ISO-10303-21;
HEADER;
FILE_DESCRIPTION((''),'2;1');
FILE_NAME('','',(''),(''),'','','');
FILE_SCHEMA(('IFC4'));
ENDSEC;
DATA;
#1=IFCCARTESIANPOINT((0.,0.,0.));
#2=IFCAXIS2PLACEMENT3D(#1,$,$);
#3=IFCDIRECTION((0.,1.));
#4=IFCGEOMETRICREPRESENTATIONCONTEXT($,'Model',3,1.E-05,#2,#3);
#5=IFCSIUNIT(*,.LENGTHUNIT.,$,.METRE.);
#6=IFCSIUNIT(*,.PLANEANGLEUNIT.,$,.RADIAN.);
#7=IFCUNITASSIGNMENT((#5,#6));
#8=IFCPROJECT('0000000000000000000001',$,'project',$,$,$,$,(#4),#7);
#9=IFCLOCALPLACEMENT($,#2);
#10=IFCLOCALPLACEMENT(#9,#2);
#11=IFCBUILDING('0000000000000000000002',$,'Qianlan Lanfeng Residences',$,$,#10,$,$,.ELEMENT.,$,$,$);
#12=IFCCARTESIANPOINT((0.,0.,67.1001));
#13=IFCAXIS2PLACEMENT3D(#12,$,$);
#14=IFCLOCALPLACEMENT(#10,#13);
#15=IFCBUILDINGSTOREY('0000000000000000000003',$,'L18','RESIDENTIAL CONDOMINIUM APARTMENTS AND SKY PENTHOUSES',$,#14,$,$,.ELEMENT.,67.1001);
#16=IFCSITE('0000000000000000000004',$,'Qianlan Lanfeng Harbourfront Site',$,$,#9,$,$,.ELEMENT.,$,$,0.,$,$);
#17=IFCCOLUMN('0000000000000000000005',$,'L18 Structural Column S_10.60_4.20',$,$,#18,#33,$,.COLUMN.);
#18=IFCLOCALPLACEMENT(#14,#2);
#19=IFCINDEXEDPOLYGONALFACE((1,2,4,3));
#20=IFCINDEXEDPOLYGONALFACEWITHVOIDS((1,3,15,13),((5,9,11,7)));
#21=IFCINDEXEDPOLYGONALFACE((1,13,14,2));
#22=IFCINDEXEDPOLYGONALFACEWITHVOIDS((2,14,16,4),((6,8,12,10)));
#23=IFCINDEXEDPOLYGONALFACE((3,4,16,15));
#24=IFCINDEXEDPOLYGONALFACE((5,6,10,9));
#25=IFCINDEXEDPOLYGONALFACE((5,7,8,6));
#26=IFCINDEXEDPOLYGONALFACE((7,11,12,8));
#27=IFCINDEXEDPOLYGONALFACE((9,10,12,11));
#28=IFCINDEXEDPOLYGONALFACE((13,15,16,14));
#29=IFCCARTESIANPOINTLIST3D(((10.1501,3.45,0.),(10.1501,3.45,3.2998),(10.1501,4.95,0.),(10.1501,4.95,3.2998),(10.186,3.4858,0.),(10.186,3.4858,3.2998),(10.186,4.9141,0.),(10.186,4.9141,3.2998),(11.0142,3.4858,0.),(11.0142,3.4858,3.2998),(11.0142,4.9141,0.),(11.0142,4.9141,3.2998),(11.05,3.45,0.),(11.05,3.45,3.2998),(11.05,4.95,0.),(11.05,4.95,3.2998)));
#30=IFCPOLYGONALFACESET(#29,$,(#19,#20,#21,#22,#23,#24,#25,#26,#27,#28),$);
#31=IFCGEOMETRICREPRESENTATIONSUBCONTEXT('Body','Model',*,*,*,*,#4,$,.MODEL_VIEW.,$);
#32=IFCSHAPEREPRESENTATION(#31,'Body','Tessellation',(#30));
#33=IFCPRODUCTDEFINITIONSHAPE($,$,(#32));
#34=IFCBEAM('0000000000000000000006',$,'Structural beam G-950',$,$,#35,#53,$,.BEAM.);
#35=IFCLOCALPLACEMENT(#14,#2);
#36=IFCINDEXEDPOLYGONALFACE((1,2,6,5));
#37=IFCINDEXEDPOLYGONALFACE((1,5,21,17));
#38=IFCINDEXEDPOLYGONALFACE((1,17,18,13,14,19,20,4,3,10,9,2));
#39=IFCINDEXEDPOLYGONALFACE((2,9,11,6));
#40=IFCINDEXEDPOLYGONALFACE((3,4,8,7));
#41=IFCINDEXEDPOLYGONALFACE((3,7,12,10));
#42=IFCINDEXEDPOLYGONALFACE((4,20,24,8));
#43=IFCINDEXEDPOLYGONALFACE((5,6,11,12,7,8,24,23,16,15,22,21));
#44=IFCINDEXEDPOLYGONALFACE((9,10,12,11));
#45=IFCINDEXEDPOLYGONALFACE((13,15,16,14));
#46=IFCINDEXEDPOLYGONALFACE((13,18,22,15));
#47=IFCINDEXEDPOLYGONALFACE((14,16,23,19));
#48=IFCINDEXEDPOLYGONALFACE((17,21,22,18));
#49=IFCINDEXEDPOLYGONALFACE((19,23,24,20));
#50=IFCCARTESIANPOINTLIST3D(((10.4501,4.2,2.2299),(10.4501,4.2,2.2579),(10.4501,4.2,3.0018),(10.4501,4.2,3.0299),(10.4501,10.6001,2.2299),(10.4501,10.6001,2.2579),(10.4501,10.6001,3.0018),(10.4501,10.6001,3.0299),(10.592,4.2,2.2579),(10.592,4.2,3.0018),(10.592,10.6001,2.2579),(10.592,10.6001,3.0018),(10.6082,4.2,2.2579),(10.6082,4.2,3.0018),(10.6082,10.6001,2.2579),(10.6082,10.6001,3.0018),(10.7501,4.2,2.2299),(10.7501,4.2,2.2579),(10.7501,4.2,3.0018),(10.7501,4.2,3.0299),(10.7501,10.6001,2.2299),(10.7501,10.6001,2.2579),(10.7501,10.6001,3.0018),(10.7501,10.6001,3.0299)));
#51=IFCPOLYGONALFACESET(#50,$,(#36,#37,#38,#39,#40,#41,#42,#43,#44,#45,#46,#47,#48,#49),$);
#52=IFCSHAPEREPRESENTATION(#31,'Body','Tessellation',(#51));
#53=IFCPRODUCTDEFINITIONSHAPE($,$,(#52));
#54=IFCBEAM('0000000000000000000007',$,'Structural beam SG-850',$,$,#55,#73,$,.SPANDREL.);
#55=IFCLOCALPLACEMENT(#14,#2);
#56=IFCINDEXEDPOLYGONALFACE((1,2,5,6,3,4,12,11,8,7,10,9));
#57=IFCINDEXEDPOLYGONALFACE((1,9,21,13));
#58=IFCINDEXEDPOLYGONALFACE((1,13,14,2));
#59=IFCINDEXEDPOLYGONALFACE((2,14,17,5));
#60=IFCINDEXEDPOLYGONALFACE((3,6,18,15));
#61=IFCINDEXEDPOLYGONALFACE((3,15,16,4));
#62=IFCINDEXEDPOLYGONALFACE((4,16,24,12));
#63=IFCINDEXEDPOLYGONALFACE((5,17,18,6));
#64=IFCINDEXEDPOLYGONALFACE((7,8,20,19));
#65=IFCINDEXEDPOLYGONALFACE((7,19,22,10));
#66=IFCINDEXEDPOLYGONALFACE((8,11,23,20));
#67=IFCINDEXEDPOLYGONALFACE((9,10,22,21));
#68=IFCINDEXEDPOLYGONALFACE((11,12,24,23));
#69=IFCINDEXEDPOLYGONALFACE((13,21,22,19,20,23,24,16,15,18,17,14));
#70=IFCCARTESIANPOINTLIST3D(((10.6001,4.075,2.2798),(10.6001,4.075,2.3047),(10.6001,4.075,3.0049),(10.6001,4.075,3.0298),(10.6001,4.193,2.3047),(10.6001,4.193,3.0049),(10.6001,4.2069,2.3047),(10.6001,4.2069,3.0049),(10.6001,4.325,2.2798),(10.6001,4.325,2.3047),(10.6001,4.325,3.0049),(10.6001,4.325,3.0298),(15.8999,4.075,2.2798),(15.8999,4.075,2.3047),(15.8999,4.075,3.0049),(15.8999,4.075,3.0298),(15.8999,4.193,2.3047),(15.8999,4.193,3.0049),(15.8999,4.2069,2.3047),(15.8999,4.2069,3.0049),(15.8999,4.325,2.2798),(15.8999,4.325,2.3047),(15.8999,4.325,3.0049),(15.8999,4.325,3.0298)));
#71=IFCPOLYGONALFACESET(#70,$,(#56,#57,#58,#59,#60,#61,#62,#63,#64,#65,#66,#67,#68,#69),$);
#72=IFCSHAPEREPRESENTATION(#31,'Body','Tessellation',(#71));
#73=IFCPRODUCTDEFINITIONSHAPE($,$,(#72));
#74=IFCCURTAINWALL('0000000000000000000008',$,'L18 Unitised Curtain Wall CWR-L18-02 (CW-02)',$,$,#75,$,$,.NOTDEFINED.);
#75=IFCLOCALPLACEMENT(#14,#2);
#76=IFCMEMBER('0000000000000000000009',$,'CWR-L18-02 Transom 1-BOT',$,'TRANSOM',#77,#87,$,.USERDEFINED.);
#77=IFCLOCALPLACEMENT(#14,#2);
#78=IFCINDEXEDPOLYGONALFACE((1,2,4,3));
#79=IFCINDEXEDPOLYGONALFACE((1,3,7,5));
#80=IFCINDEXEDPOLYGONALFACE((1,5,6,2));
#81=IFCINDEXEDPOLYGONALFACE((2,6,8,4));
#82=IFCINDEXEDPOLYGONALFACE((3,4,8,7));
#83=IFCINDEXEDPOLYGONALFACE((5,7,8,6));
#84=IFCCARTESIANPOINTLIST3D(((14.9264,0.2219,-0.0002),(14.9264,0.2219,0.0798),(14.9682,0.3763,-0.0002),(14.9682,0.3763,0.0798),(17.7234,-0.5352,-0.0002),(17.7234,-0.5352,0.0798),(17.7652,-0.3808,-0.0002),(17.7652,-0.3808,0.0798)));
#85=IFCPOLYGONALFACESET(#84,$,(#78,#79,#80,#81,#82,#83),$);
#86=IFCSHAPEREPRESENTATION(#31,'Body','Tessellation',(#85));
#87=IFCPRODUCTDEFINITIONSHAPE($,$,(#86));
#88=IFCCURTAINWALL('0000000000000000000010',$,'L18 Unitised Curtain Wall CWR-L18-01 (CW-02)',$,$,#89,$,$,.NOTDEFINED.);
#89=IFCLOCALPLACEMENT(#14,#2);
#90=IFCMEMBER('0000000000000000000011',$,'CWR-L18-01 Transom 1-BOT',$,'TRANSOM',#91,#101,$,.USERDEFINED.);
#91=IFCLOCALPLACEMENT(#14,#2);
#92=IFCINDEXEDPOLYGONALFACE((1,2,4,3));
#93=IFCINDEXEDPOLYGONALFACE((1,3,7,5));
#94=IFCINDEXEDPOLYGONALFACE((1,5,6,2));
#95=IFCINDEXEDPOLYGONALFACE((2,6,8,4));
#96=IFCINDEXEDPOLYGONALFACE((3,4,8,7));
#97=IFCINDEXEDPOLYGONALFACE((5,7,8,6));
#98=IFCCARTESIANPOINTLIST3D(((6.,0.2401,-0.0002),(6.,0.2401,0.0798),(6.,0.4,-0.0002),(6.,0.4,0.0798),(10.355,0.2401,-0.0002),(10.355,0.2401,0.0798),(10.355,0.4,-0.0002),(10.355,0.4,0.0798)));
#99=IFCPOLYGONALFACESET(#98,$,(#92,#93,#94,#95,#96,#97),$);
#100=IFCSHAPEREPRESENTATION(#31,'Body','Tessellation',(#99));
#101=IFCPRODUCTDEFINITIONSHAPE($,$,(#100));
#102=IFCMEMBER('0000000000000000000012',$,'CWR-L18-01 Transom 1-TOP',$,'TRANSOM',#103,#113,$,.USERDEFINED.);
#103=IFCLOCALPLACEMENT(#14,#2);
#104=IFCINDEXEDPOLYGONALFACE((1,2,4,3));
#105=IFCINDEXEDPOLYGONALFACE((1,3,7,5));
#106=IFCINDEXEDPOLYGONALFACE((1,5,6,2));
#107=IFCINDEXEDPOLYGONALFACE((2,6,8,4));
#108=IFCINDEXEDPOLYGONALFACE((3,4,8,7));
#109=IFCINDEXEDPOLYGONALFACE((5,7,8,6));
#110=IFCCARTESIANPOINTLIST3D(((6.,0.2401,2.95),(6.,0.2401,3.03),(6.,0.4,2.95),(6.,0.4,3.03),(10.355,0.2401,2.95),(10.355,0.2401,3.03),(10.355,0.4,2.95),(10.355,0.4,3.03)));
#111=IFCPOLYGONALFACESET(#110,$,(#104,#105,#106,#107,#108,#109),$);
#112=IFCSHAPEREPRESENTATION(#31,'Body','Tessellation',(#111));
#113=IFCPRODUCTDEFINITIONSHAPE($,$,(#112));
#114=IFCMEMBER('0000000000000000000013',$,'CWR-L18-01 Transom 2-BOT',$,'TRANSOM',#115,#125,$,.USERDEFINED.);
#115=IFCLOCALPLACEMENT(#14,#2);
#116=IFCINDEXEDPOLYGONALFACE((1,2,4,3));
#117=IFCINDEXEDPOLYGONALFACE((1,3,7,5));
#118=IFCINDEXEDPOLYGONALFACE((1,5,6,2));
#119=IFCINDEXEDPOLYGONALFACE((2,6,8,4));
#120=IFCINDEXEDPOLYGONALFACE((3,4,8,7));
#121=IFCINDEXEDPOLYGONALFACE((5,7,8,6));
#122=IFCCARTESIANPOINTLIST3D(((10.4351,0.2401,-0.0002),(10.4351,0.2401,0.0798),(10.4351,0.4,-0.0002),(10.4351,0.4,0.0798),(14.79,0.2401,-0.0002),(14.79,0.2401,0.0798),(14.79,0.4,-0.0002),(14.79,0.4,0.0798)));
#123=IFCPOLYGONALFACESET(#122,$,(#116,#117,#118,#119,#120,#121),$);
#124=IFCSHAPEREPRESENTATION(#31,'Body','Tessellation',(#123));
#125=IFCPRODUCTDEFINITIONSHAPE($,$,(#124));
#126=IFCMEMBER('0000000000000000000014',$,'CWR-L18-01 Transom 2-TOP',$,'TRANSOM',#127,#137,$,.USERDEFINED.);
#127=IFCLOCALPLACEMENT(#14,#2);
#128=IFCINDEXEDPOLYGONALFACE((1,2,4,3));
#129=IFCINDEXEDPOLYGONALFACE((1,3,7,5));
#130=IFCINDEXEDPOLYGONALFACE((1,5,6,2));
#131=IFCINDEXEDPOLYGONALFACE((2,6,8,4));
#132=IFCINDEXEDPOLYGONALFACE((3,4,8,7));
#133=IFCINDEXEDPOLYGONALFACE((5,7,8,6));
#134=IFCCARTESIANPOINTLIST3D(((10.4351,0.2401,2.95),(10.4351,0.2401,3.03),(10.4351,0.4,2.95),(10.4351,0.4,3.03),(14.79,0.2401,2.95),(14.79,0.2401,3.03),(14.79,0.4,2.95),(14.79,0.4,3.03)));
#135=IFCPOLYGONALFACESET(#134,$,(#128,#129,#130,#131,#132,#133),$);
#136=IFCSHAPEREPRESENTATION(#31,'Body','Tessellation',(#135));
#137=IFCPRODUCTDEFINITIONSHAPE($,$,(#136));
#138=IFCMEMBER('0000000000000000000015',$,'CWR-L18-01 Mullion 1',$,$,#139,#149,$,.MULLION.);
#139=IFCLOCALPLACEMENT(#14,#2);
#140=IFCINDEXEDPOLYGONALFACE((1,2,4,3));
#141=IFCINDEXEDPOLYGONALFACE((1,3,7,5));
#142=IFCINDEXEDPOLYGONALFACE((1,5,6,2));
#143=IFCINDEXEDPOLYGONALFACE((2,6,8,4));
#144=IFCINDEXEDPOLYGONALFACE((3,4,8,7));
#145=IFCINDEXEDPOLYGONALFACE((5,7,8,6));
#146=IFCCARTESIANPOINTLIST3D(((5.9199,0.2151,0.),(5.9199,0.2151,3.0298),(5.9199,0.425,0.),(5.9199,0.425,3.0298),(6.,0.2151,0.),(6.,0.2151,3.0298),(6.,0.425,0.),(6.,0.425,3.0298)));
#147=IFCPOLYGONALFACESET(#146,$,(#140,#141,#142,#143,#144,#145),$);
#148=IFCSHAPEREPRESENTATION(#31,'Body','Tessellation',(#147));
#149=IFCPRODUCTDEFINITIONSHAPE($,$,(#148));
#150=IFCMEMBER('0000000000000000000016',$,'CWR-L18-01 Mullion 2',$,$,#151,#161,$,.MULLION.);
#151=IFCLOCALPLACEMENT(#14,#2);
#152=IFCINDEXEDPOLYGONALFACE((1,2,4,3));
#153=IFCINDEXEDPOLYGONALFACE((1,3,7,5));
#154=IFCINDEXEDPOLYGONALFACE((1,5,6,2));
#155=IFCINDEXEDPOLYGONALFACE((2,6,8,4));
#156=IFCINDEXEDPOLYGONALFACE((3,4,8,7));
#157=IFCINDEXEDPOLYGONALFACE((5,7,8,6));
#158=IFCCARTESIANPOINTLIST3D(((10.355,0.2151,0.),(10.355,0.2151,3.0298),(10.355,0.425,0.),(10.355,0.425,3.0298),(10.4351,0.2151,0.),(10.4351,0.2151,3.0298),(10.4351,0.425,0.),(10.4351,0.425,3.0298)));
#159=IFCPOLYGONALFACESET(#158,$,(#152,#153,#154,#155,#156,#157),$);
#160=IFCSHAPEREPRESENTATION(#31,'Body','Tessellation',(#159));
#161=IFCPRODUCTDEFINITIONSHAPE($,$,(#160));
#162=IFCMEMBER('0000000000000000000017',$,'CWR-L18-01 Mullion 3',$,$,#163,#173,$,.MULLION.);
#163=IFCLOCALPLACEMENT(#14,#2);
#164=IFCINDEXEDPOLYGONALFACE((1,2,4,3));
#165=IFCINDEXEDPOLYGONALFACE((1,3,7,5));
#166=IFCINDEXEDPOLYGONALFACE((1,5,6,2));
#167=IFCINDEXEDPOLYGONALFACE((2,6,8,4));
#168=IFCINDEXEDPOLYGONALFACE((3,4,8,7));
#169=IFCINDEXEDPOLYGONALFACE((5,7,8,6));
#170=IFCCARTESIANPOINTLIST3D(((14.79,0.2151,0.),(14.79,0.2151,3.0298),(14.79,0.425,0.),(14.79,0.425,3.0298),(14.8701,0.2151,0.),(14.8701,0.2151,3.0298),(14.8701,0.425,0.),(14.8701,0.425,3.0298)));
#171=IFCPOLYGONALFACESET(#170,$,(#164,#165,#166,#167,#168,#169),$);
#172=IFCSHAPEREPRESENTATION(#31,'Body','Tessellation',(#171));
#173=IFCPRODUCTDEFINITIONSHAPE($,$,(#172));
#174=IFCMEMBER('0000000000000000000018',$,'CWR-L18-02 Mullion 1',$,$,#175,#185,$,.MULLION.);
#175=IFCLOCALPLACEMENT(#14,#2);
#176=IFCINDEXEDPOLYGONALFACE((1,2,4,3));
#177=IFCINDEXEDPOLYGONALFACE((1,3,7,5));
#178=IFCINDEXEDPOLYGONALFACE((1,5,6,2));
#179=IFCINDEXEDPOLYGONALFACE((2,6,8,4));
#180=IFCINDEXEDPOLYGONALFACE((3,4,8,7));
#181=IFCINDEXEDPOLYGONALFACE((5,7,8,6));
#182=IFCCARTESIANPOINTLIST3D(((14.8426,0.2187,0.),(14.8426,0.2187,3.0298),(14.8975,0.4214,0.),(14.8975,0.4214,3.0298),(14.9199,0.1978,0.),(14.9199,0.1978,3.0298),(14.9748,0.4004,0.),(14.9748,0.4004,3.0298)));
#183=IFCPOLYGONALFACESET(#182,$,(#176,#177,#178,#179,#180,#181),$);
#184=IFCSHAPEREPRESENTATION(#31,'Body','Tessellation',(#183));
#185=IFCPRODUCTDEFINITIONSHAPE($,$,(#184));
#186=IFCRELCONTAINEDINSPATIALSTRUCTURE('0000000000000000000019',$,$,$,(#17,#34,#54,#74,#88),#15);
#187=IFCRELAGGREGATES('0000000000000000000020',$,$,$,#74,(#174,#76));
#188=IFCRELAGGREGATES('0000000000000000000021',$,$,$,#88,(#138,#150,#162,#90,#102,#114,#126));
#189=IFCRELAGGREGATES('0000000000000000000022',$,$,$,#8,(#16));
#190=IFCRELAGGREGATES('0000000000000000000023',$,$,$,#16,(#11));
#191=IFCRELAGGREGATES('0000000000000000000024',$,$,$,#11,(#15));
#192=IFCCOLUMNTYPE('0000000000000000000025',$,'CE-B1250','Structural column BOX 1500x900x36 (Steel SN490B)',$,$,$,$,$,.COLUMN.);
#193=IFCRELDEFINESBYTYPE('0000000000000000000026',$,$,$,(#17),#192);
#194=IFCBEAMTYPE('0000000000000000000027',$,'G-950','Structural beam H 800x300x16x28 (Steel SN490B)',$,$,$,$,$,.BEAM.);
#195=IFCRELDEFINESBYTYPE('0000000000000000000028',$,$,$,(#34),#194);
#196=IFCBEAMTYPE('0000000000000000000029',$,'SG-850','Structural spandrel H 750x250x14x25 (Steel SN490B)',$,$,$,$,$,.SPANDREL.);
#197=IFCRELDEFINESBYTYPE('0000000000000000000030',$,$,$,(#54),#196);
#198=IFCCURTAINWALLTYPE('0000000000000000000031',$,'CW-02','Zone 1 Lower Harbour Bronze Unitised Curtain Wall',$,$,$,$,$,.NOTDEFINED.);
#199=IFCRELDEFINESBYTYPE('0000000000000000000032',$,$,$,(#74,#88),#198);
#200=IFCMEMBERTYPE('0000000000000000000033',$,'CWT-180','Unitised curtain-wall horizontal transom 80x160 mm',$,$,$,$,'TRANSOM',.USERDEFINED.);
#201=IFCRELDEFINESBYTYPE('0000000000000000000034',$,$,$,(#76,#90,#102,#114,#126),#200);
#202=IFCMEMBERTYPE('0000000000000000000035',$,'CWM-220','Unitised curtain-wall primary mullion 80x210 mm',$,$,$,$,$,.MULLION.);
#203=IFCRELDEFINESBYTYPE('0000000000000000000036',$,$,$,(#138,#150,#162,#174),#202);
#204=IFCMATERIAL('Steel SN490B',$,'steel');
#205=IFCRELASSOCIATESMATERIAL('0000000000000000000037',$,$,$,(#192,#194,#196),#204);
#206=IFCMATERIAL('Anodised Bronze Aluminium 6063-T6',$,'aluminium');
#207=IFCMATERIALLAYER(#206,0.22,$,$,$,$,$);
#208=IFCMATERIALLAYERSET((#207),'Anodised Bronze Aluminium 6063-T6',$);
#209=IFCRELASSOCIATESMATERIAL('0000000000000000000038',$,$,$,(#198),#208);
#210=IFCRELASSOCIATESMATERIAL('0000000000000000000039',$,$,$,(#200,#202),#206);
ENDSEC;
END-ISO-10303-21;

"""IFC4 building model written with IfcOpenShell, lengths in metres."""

from ifc_helpers import new_model, si_unit, direction, frame, origin, origin_2d, place, context, subcontext, project, spatial, rectangle, hollow_rectangle, i_section, extrude, source, transform, mapped, material, layer, layer_set, material_profile, profile_set, type_object, element, aggregate, save


model = new_model("IFC4")

# Units and contexts
model_context = context("Model", 3, precision=1e-05, world=origin(), true_north=direction((0.0, 1.0)))
body_context = subcontext(model_context, "Body", "Model", "MODEL_VIEW")
ifc_project = project(units=[si_unit("LENGTHUNIT", "METRE"), si_unit("PLANEANGLEUNIT", "RADIAN")], contexts=[model_context])

# Site, building, storey
site_placement = place(None, origin())
site = spatial("IfcSite", under=ifc_project, at=site_placement, Name="Qianlan Lanfeng Harbourfront Site", CompositionType="ELEMENT", RefElevation=0.0)
building_placement = place(site_placement, origin())
building = spatial("IfcBuilding", under=site, at=building_placement, Name="Qianlan Lanfeng Residences", CompositionType="ELEMENT")
storey_placement = place(building_placement, frame((0.0, 0.0, 67.1001)))
storey = spatial("IfcBuildingStorey", under=building, at=storey_placement, Name="L18", Description="RESIDENTIAL CONDOMINIUM APARTMENTS AND SKY PENTHOUSES", CompositionType="ELEMENT", Elevation=67.1001)

# Column
ifc_material_1 = material(Name="Steel SN490B", Category="steel")
ifc_material_profile_1 = material_profile(ifc_material_1, hollow_rectangle(XDim=0.8999, YDim=1.5, WallThickness=0.0359, at=origin_2d()), Name="BOX 1500x900x36")
ifc_profile_set_1 = profile_set([ifc_material_profile_1], Name="Steel SN490B")
column_type = type_object("IfcColumnType", Name="CE-B1250", Description="Structural column BOX 1500x900x36 (Steel SN490B)", PredefinedType="COLUMN", material=ifc_profile_set_1)
column_placement = place(storey_placement, frame((10.6001, 4.2, 0.0), z_axis=(0.0, 0.0, 1.0), x_axis=(1.0, 0.0, 0.0)))
element("IfcColumn", 1, at=column_placement, inside=storey, type_object=column_type, Name="L18 Structural Column S_10.60_4.20", PredefinedType="COLUMN", context=body_context, shape_type="SweptSolid", body=[
    extrude(hollow_rectangle(XDim=0.8999, YDim=1.5, WallThickness=0.0359, at=origin_2d()), origin(), (0.0, 0.0, 1.0), 3.2998),
])

# Beams
ifc_material_profile_2 = material_profile(ifc_material_1, i_section(OverallWidth=0.3, OverallDepth=0.8, WebThickness=0.0161, FlangeThickness=0.0281, at=origin_2d()), Name="H 800x300x16x28")
ifc_profile_set_2 = profile_set([ifc_material_profile_2], Name="Steel SN490B")
beam_type_1 = type_object("IfcBeamType", Name="G-950", Description="Structural beam H 800x300x16x28 (Steel SN490B)", PredefinedType="BEAM", material=ifc_profile_set_2)
beam_1_placement = place(storey_placement, frame((10.6001, 4.2, 2.6299), z_axis=(0.0, 1.0, 0.0), x_axis=(-1.0, 0.0, 0.0)))
element("IfcBeam", 2, at=beam_1_placement, inside=storey, type_object=beam_type_1, Name="Structural beam G-950", PredefinedType="BEAM", context=body_context, shape_type="SweptSolid", body=[
    extrude(i_section(OverallWidth=0.3, OverallDepth=0.8, WebThickness=0.0161, FlangeThickness=0.0281, at=origin_2d()), origin(), (0.0, 0.0, 1.0), 6.4001),
])
ifc_material_profile_3 = material_profile(ifc_material_1, i_section(OverallWidth=0.25, OverallDepth=0.75, WebThickness=0.0139, FlangeThickness=0.0249, at=origin_2d()), Name="H 750x250x14x25")
ifc_profile_set_3 = profile_set([ifc_material_profile_3], Name="Steel SN490B")
beam_type_2 = type_object("IfcBeamType", Name="SG-850", Description="Structural spandrel H 750x250x14x25 (Steel SN490B)", PredefinedType="SPANDREL", material=ifc_profile_set_3)
beam_2_placement = place(storey_placement, frame((10.6001, 4.2, 2.6548), z_axis=(1.0, 0.0, 0.0), x_axis=(0.0, 1.0, 0.0)))
element("IfcBeam", 3, at=beam_2_placement, inside=storey, type_object=beam_type_2, Name="Structural beam SG-850", PredefinedType="SPANDREL", context=body_context, shape_type="SweptSolid", body=[
    extrude(i_section(OverallWidth=0.25, OverallDepth=0.75, WebThickness=0.0139, FlangeThickness=0.0249, at=origin_2d()), origin(), (0.0, 0.0, 1.0), 5.2998),
])

# Curtain wall, member
ifc_material_2 = material(Name="Anodised Bronze Aluminium 6063-T6", Category="aluminium")
ifc_layer_1 = layer(ifc_material_2, 0.22)
ifc_layer_set_1 = layer_set([ifc_layer_1], Name="Anodised Bronze Aluminium 6063-T6")
curtain_wall_type = type_object("IfcCurtainWallType", Name="CW-02", Description="Zone 1 Lower Harbour Bronze Unitised Curtain Wall", PredefinedType="NOTDEFINED", material=ifc_layer_set_1)
curtain_wall_1_placement = place(storey_placement, origin())
curtain_wall_1 = element("IfcCurtainWall", 4, at=curtain_wall_1_placement, inside=storey, type_object=curtain_wall_type, Name="L18 Unitised Curtain Wall CWR-L18-02 (CW-02)", PredefinedType="NOTDEFINED")
ifc_material_profile_4 = material_profile(ifc_material_2, rectangle(XDim=0.0801, YDim=0.1599, at=origin_2d()), Name="ALU TRANSOM 80x160")
ifc_profile_set_4 = profile_set([ifc_material_profile_4], Name="Anodised Bronze Aluminium 6063-T6")
member_type_1 = type_object("IfcMemberType", Name="CWT-180", Description="Unitised curtain-wall horizontal transom 80x160 mm", ElementType="TRANSOM", PredefinedType="USERDEFINED", material=ifc_profile_set_4)
shared_shape_1 = source(origin(), body_context, "Body", "SweptSolid", [
    extrude(rectangle(XDim=0.0801, YDim=0.1599, at=origin_2d()), origin(), (0.0, 0.0, 1.0), 2.8977),
])
member_1_placement = place(storey_placement, frame((14.9473, 0.2991, 0.0398), z_axis=(0.965268, -0.261263, 0.0), x_axis=(0.0, 0.0, 1.0)))
member_1 = element("IfcMember", 5, at=member_1_placement, type_object=member_type_1, Name="CWR-L18-02 Transom 1-BOT", ObjectType="TRANSOM", PredefinedType="USERDEFINED", context=body_context, shape_type="MappedRepresentation", body=[
    mapped(shared_shape_1, transform((0.0, 0.0, 0.0), scale=1.0)),
])

# Curtain wall, members
curtain_wall_2_placement = place(storey_placement, origin())
curtain_wall_2 = element("IfcCurtainWall", 6, at=curtain_wall_2_placement, inside=storey, type_object=curtain_wall_type, Name="L18 Unitised Curtain Wall CWR-L18-01 (CW-02)", PredefinedType="NOTDEFINED")
shared_shape_2 = source(origin(), body_context, "Body", "SweptSolid", [
    extrude(rectangle(XDim=0.0801, YDim=0.1599, at=origin_2d()), origin(), (0.0, 0.0, 1.0), 4.355),
])
member_2_placement = place(storey_placement, frame((6.0, 0.3201, 0.0398), z_axis=(1.0, 0.0, 0.0), x_axis=(0.0, 0.0, 1.0)))
member_2 = element("IfcMember", 7, at=member_2_placement, type_object=member_type_1, Name="CWR-L18-01 Transom 1-BOT", ObjectType="TRANSOM", PredefinedType="USERDEFINED", context=body_context, shape_type="MappedRepresentation", body=[
    mapped(shared_shape_2, transform((0.0, 0.0, 0.0), scale=1.0)),
])
member_3_placement = place(storey_placement, frame((6.0, 0.3201, 2.99), z_axis=(1.0, 0.0, 0.0), x_axis=(0.0, 0.0, 1.0)))
member_3 = element("IfcMember", 8, at=member_3_placement, type_object=member_type_1, Name="CWR-L18-01 Transom 1-TOP", ObjectType="TRANSOM", PredefinedType="USERDEFINED", context=body_context, shape_type="MappedRepresentation", body=[
    mapped(shared_shape_2, transform((0.0, 0.0, 0.0), scale=1.0)),
])
member_4_placement = place(storey_placement, frame((10.4351, 0.3201, 0.0398), z_axis=(1.0, 0.0, 0.0), x_axis=(0.0, 0.0, 1.0)))
member_4 = element("IfcMember", 9, at=member_4_placement, type_object=member_type_1, Name="CWR-L18-01 Transom 2-BOT", ObjectType="TRANSOM", PredefinedType="USERDEFINED", context=body_context, shape_type="MappedRepresentation", body=[
    mapped(shared_shape_2, transform((0.0, 0.0, 0.0), scale=1.0)),
])
member_5_placement = place(storey_placement, frame((10.4351, 0.3201, 2.99), z_axis=(1.0, 0.0, 0.0), x_axis=(0.0, 0.0, 1.0)))
member_5 = element("IfcMember", 10, at=member_5_placement, type_object=member_type_1, Name="CWR-L18-01 Transom 2-TOP", ObjectType="TRANSOM", PredefinedType="USERDEFINED", context=body_context, shape_type="MappedRepresentation", body=[
    mapped(shared_shape_2, transform((0.0, 0.0, 0.0), scale=1.0)),
])
ifc_material_profile_5 = material_profile(ifc_material_2, rectangle(XDim=0.0801, YDim=0.21, at=origin_2d()), Name="ALU MULLION 80x210")
ifc_profile_set_5 = profile_set([ifc_material_profile_5], Name="Anodised Bronze Aluminium 6063-T6")
member_type_2 = type_object("IfcMemberType", Name="CWM-220", Description="Unitised curtain-wall primary mullion 80x210 mm", PredefinedType="MULLION", material=ifc_profile_set_5)
shared_shape_3 = source(origin(), body_context, "Body", "SweptSolid", [
    extrude(rectangle(XDim=0.0801, YDim=0.21, at=origin_2d()), origin(), (0.0, 0.0, 1.0), 3.0298),
])
member_6_placement = place(storey_placement, frame((5.96, 0.3201, 0.0), z_axis=(0.0, 0.0, 1.0), x_axis=(1.0, 0.0, 0.0)))
member_6 = element("IfcMember", 11, at=member_6_placement, type_object=member_type_2, Name="CWR-L18-01 Mullion 1", PredefinedType="MULLION", context=body_context, shape_type="MappedRepresentation", body=[
    mapped(shared_shape_3, transform((0.0, 0.0, 0.0), scale=1.0)),
])
member_7_placement = place(storey_placement, frame((10.395, 0.3201, 0.0), z_axis=(0.0, 0.0, 1.0), x_axis=(1.0, 0.0, 0.0)))
member_7 = element("IfcMember", 12, at=member_7_placement, type_object=member_type_2, Name="CWR-L18-01 Mullion 2", PredefinedType="MULLION", context=body_context, shape_type="MappedRepresentation", body=[
    mapped(shared_shape_3, transform((0.0, 0.0, 0.0), scale=1.0)),
])
member_8_placement = place(storey_placement, frame((14.8301, 0.3201, 0.0), z_axis=(0.0, 0.0, 1.0), x_axis=(1.0, 0.0, 0.0)))
member_8 = element("IfcMember", 13, at=member_8_placement, type_object=member_type_2, Name="CWR-L18-01 Mullion 3", PredefinedType="MULLION", context=body_context, shape_type="MappedRepresentation", body=[
    mapped(shared_shape_3, transform((0.0, 0.0, 0.0), scale=1.0)),
])

# Member
member_9_placement = place(storey_placement, frame((14.9087, 0.3096, 0.0), z_axis=(0.0, 0.0, 1.0), x_axis=(0.965263, -0.261281, 0.0)))
member_9 = element("IfcMember", 14, at=member_9_placement, type_object=member_type_2, Name="CWR-L18-02 Mullion 1", PredefinedType="MULLION", context=body_context, shape_type="MappedRepresentation", body=[
    mapped(shared_shape_3, transform((0.0, 0.0, 0.0), scale=1.0)),
])
aggregate(curtain_wall_1, [member_9, member_1])

aggregate(curtain_wall_2, [member_6, member_7, member_8, member_2, member_3, member_4, member_5])

save(model, "model.ifc")
